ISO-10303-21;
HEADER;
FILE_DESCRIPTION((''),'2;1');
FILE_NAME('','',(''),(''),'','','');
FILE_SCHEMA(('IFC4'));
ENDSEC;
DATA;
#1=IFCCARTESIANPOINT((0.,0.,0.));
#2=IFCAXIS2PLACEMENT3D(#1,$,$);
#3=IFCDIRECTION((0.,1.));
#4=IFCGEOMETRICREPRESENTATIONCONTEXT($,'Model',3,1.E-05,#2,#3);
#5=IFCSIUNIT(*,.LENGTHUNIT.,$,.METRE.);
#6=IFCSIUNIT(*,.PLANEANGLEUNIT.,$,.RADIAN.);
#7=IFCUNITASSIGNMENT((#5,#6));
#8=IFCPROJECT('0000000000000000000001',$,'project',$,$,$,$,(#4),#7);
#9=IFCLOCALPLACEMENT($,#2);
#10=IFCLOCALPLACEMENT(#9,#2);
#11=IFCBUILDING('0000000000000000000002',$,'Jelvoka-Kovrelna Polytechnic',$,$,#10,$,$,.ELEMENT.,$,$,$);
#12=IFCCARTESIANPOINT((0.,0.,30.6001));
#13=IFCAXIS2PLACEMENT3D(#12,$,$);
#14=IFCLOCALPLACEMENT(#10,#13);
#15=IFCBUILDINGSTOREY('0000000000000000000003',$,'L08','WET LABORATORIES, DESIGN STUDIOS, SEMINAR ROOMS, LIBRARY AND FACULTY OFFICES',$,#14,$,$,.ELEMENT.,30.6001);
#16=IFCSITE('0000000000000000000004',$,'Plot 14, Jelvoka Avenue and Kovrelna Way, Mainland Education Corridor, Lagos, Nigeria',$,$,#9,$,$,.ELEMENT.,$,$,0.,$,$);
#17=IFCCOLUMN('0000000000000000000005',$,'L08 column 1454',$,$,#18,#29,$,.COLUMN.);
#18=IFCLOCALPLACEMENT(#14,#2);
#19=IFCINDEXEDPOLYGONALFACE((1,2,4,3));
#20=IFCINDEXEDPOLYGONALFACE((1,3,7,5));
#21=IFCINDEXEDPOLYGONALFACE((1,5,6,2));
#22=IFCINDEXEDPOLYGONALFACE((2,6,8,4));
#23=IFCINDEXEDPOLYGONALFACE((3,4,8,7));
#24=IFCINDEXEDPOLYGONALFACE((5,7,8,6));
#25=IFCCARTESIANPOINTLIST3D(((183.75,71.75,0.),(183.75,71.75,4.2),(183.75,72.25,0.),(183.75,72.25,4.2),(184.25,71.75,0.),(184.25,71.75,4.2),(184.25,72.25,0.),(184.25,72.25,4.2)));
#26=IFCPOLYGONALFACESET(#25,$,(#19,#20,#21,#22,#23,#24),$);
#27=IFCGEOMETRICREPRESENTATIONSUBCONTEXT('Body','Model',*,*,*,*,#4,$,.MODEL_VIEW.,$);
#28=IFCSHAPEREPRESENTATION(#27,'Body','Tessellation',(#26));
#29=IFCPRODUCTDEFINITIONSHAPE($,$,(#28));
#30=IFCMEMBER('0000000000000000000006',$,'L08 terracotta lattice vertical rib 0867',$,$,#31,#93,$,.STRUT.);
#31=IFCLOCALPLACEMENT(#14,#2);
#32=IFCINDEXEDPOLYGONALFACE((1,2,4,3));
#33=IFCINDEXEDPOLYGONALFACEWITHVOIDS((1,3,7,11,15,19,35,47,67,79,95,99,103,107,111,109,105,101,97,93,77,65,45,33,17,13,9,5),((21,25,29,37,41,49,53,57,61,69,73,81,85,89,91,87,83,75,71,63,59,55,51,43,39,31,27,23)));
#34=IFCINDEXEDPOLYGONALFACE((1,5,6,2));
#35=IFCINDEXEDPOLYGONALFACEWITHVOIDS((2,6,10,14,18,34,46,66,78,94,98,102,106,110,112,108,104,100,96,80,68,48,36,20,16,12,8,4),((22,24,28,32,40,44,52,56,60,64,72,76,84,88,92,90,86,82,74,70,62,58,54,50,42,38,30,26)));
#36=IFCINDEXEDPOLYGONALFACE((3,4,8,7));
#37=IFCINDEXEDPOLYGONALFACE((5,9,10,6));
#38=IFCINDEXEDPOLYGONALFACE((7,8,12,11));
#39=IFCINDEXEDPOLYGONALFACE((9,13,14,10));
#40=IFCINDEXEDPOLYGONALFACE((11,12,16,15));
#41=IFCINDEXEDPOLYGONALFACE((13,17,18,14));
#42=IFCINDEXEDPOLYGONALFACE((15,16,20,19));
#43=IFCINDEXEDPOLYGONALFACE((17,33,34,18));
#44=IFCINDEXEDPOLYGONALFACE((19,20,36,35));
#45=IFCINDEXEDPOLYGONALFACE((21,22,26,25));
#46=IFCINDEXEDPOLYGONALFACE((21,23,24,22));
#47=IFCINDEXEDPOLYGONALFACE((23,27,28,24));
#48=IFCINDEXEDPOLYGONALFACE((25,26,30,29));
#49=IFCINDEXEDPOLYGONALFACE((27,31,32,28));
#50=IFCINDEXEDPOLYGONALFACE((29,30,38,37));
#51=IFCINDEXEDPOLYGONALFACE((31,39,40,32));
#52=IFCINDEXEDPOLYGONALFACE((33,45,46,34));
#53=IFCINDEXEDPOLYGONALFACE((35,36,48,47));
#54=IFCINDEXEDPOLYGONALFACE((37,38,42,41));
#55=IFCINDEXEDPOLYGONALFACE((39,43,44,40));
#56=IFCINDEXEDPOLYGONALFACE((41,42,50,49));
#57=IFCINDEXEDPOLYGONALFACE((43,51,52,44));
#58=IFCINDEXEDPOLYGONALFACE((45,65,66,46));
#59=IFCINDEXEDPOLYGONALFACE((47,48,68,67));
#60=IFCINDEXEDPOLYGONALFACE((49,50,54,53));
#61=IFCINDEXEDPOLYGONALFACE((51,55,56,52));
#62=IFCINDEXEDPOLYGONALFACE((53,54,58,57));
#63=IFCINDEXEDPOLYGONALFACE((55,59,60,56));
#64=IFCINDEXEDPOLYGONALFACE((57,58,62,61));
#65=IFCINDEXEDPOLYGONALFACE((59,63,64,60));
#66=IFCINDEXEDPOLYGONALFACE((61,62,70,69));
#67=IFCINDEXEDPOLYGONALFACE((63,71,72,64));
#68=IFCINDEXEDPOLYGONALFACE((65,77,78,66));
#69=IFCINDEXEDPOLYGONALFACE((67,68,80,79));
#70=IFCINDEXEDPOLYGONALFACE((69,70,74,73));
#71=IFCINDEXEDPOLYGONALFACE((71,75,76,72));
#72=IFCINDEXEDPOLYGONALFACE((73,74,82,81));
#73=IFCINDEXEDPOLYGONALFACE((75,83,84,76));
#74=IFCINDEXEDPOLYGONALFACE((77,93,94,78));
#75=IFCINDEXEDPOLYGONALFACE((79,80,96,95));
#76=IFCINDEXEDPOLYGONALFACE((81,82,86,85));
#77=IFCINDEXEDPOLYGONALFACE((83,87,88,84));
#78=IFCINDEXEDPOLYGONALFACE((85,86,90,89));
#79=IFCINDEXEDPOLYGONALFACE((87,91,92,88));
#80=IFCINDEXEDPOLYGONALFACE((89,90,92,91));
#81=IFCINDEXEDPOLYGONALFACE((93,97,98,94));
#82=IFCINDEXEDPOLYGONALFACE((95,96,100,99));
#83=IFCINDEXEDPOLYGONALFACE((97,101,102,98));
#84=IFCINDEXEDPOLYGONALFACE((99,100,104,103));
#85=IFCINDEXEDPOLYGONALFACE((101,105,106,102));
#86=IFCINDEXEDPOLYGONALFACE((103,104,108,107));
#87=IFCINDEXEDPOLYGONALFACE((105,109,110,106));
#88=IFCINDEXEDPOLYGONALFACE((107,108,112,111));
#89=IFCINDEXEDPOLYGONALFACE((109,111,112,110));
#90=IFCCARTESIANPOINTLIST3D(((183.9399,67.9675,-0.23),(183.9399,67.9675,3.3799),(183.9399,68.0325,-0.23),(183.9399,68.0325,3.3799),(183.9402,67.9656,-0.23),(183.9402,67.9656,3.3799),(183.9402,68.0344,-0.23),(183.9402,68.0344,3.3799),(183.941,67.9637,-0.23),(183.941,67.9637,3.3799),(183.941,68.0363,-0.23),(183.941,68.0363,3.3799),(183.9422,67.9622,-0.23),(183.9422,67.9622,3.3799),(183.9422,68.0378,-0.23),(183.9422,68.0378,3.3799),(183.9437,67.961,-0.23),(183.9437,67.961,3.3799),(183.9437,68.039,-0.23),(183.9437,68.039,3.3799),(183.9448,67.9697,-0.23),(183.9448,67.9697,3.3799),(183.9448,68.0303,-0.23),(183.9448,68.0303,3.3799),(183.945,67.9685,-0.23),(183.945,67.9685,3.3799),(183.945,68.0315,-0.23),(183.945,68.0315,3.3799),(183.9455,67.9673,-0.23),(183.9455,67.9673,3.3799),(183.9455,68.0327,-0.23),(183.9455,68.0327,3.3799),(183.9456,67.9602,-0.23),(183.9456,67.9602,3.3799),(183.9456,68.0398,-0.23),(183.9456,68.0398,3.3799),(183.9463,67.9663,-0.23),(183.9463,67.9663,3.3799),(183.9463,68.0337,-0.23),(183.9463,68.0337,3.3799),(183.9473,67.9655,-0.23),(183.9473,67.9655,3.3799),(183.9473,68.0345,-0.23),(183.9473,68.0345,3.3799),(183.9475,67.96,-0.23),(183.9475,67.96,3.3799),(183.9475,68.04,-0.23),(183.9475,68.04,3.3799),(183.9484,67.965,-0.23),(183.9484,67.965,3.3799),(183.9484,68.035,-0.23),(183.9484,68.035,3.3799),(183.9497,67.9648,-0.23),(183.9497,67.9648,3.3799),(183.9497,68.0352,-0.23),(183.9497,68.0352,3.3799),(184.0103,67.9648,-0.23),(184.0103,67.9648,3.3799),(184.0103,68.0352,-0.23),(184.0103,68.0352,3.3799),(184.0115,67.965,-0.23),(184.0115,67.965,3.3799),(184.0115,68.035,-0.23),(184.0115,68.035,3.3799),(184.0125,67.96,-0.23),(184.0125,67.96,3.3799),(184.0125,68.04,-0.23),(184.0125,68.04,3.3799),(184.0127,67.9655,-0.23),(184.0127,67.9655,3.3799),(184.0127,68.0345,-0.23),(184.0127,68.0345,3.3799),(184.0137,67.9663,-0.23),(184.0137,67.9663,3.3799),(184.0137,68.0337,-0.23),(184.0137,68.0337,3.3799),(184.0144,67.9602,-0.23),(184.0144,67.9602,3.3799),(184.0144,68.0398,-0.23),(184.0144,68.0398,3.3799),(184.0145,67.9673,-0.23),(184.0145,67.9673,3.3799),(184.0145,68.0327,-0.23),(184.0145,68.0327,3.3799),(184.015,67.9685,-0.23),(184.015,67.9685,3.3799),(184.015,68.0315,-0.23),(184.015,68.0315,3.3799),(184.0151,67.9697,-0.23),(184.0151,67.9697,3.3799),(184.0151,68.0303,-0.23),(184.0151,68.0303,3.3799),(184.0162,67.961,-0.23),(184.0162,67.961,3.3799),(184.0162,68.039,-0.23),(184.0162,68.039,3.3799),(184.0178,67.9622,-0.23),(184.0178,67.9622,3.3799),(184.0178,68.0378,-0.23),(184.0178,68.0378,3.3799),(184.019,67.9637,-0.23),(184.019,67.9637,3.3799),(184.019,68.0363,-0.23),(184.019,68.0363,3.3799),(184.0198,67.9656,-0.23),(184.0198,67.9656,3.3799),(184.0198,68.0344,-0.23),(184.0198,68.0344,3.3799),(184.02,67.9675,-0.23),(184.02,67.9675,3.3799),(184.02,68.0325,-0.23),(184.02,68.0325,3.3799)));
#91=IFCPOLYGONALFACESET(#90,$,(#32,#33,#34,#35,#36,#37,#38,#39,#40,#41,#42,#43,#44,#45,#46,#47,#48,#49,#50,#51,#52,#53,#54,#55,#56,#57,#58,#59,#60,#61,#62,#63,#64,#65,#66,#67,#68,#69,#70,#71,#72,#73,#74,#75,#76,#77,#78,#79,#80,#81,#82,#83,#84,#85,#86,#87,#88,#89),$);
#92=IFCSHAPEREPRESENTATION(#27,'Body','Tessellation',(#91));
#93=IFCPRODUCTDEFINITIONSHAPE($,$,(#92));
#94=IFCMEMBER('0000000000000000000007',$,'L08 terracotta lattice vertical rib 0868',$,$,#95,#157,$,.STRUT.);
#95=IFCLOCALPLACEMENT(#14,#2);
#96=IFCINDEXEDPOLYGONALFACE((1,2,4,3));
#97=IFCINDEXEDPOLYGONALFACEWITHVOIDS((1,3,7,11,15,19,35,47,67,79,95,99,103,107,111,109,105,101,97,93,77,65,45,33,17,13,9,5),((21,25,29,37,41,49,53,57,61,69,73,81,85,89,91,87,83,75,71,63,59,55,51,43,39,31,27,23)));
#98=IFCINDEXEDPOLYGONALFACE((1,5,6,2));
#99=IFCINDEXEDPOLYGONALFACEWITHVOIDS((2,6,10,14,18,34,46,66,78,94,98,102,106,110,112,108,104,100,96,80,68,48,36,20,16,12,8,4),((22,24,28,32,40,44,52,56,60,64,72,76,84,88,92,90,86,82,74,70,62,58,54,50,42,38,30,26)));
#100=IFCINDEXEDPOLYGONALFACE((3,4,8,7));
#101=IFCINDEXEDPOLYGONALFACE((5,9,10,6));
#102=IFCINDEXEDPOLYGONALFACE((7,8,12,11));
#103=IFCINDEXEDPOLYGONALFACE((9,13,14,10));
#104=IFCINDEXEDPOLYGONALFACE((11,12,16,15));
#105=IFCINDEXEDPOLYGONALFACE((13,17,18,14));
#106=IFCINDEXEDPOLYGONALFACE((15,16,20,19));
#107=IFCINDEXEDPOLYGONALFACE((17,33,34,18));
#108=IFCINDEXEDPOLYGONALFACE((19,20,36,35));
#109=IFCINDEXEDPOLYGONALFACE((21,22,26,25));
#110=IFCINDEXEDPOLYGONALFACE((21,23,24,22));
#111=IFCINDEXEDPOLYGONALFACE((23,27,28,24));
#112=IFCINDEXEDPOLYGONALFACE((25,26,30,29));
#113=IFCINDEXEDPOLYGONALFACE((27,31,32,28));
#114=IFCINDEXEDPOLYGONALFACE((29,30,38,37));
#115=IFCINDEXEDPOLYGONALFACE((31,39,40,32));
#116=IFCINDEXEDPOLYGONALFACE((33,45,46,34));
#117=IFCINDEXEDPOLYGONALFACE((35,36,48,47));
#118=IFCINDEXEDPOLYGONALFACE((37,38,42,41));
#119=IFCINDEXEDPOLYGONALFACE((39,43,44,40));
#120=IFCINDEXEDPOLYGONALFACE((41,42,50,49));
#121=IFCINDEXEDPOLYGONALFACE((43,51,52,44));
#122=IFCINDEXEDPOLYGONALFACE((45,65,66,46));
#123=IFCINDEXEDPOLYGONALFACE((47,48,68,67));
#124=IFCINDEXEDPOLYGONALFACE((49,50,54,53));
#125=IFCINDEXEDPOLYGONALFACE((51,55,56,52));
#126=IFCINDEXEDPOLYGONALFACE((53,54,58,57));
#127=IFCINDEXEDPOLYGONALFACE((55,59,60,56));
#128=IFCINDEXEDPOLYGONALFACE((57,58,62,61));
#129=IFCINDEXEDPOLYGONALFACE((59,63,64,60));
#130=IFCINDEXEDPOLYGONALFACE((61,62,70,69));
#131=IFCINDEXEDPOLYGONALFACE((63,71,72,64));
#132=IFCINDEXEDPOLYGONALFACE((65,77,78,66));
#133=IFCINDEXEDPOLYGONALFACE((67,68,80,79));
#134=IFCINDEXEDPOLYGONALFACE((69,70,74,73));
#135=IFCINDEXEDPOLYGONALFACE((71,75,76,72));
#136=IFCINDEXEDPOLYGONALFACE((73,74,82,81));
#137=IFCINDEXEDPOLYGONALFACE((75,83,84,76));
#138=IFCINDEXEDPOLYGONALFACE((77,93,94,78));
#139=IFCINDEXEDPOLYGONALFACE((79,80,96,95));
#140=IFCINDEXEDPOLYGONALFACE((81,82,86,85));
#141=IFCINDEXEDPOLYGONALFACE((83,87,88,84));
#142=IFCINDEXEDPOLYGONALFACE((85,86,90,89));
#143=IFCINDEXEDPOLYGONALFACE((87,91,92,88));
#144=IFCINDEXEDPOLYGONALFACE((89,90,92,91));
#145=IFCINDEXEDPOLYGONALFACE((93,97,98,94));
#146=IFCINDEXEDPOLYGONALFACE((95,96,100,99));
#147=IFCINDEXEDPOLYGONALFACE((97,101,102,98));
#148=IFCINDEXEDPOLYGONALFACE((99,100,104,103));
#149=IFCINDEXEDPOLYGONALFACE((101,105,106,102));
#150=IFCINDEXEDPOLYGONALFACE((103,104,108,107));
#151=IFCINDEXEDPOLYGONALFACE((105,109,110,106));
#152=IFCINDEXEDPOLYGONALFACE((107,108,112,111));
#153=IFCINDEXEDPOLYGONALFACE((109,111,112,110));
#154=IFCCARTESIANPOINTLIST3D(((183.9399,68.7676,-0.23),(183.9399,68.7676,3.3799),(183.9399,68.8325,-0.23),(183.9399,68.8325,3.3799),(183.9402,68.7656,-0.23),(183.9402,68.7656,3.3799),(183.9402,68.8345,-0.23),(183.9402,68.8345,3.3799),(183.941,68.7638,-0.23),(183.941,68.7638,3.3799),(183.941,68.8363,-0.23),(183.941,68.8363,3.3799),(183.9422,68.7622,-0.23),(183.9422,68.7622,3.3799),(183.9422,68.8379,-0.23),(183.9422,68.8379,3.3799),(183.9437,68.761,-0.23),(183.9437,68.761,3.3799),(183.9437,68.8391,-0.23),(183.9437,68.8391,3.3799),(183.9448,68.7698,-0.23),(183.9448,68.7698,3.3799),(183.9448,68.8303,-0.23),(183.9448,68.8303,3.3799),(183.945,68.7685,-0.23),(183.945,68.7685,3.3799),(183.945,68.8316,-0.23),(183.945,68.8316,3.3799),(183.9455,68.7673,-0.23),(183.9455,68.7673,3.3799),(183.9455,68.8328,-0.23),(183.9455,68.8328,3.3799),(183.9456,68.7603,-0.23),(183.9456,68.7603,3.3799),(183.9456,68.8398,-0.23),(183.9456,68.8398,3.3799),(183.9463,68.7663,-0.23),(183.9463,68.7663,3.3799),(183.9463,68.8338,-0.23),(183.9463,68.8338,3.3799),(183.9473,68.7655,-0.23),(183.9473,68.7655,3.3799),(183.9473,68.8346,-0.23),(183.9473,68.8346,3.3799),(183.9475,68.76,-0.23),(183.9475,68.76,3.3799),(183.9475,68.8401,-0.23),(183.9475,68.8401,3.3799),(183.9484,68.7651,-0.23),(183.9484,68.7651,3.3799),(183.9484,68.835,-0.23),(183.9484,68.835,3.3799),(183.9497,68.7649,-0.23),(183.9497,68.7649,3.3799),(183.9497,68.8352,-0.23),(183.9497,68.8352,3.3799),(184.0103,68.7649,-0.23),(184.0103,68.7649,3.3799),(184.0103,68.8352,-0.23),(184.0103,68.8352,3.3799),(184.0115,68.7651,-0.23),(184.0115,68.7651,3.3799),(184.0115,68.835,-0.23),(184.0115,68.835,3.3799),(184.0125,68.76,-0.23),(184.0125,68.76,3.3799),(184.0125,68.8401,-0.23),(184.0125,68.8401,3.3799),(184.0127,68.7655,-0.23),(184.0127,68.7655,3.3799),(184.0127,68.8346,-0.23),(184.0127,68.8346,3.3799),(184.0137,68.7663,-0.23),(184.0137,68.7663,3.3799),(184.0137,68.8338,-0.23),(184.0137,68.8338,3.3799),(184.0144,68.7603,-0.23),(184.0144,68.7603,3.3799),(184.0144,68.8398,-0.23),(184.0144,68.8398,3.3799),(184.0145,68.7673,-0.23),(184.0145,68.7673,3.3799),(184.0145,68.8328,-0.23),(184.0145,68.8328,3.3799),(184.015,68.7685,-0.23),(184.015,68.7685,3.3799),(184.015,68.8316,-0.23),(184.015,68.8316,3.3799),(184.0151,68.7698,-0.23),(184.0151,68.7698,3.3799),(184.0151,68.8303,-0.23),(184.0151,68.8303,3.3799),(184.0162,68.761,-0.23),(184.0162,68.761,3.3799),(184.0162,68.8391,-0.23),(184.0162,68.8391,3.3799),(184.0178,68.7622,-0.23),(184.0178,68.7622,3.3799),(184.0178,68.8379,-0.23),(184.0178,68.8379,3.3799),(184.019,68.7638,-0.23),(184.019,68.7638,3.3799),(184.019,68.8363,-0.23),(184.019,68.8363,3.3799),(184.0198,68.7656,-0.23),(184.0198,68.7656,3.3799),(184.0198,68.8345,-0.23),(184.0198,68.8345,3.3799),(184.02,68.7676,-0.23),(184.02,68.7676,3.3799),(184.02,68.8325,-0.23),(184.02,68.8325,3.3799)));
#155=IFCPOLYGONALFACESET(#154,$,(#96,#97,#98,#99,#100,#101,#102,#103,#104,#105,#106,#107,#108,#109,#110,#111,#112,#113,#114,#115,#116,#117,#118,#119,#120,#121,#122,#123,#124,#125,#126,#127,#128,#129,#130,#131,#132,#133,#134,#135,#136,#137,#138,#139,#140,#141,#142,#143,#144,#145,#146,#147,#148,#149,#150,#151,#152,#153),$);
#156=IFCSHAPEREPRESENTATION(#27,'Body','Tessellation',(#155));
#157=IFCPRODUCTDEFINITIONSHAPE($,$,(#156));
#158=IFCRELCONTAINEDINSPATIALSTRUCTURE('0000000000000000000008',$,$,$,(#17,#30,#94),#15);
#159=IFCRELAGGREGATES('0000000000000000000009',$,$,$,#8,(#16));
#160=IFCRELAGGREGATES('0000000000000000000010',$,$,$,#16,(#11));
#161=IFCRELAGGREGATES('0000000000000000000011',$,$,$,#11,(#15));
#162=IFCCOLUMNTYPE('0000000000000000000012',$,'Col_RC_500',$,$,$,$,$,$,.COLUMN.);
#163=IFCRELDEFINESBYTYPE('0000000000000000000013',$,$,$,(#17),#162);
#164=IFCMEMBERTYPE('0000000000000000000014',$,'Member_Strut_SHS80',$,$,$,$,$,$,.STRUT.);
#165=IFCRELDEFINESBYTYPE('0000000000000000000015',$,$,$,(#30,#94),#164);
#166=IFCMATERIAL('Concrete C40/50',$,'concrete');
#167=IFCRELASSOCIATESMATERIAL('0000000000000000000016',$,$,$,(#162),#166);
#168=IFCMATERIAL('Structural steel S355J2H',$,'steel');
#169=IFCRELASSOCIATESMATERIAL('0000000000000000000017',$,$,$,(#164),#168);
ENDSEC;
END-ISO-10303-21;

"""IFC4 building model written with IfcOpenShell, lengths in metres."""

from ifc_helpers import new_model, si_unit, direction, frame, origin, origin_2d, place, context, subcontext, project, spatial, rectangle, hollow_rectangle, extrude, material, material_profile, profile_set, type_object, element, save


model = new_model("IFC4")

# Units and contexts
model_context = context("Model", 3, precision=1e-05, world=origin(), true_north=direction((0.0, 1.0)))
body_context = subcontext(model_context, "Body", "Model", "MODEL_VIEW")
ifc_project = project(units=[si_unit("LENGTHUNIT", "METRE"), si_unit("PLANEANGLEUNIT", "RADIAN")], contexts=[model_context])

# Site, building, storey
site_placement = place(None, origin())
site = spatial("IfcSite", under=ifc_project, at=site_placement, Name="Plot 14, Jelvoka Avenue and Kovrelna Way, Mainland Education Corridor, Lagos, Nigeria", CompositionType="ELEMENT", RefElevation=0.0)
building_placement = place(site_placement, origin())
building = spatial("IfcBuilding", under=site, at=building_placement, Name="Jelvoka-Kovrelna Polytechnic", CompositionType="ELEMENT")
storey_placement = place(building_placement, frame((0.0, 0.0, 30.6001)))
storey = spatial("IfcBuildingStorey", under=building, at=storey_placement, Name="L08", Description="WET LABORATORIES, DESIGN STUDIOS, SEMINAR ROOMS, LIBRARY AND FACULTY OFFICES", CompositionType="ELEMENT", Elevation=30.6001)

# Column
ifc_material_1 = material(Name="Concrete C40/50", Category="concrete")
ifc_material_profile_1 = material_profile(ifc_material_1, rectangle(XDim=0.5, YDim=0.5, at=origin_2d()), Name="RC 500x500")
ifc_profile_set_1 = profile_set([ifc_material_profile_1], Name="Concrete C40/50")
column_type = type_object("IfcColumnType", Name="Col_RC_500", PredefinedType="COLUMN", material=ifc_profile_set_1)
column_placement = place(storey_placement, frame((184.0, 72.0, 0.0), z_axis=(0.0, 0.0, 1.0), x_axis=(1.0, 0.0, 0.0)))
element("IfcColumn", 1, at=column_placement, inside=storey, type_object=column_type, Name="L08 column 1454", PredefinedType="COLUMN", context=body_context, shape_type="SweptSolid", body=[
    extrude(rectangle(XDim=0.5, YDim=0.5, at=origin_2d()), origin(), (0.0, 0.0, 1.0), 4.2),
])

# Members
ifc_material_2 = material(Name="Structural steel S355J2H", Category="steel")
ifc_material_profile_2 = material_profile(ifc_material_2, hollow_rectangle(XDim=0.0801, YDim=0.0801, WallThickness=0.0049, InnerFilletRadius=0.0049, OuterFilletRadius=0.0076, at=origin_2d()), Name="80x80x5.0 SHS")
ifc_profile_set_2 = profile_set([ifc_material_profile_2], Name="Structural steel S355J2H")
member_type_1 = type_object("IfcMemberType", Name="Member_Strut_SHS80", PredefinedType="STRUT", material=ifc_profile_set_2)
for number, where, z_axis, x_axis, name in (
    (2, (183.98, 68.0, -0.23), (0.0, 0.0, 1.0), (1.0, 0.0, 0.0), "L08 terracotta lattice vertical rib 0867"),
    (3, (183.98, 68.8, -0.23), (0.0, 0.0, 1.0), (1.0, 0.0, 0.0), "L08 terracotta lattice vertical rib 0868"),
):
    element("IfcMember", number, at=place(storey_placement, frame(where, z_axis=z_axis, x_axis=x_axis)), inside=storey, type_object=member_type_1, Name=name, PredefinedType="STRUT", context=body_context, shape_type="SweptSolid", body=[
        extrude(hollow_rectangle(XDim=0.0801, YDim=0.0801, WallThickness=0.0049, InnerFilletRadius=0.0049, OuterFilletRadius=0.0076, at=origin_2d()), origin(), (0.0, 0.0, 1.0), 3.6099),
    ])

save(model, "model.ifc")
